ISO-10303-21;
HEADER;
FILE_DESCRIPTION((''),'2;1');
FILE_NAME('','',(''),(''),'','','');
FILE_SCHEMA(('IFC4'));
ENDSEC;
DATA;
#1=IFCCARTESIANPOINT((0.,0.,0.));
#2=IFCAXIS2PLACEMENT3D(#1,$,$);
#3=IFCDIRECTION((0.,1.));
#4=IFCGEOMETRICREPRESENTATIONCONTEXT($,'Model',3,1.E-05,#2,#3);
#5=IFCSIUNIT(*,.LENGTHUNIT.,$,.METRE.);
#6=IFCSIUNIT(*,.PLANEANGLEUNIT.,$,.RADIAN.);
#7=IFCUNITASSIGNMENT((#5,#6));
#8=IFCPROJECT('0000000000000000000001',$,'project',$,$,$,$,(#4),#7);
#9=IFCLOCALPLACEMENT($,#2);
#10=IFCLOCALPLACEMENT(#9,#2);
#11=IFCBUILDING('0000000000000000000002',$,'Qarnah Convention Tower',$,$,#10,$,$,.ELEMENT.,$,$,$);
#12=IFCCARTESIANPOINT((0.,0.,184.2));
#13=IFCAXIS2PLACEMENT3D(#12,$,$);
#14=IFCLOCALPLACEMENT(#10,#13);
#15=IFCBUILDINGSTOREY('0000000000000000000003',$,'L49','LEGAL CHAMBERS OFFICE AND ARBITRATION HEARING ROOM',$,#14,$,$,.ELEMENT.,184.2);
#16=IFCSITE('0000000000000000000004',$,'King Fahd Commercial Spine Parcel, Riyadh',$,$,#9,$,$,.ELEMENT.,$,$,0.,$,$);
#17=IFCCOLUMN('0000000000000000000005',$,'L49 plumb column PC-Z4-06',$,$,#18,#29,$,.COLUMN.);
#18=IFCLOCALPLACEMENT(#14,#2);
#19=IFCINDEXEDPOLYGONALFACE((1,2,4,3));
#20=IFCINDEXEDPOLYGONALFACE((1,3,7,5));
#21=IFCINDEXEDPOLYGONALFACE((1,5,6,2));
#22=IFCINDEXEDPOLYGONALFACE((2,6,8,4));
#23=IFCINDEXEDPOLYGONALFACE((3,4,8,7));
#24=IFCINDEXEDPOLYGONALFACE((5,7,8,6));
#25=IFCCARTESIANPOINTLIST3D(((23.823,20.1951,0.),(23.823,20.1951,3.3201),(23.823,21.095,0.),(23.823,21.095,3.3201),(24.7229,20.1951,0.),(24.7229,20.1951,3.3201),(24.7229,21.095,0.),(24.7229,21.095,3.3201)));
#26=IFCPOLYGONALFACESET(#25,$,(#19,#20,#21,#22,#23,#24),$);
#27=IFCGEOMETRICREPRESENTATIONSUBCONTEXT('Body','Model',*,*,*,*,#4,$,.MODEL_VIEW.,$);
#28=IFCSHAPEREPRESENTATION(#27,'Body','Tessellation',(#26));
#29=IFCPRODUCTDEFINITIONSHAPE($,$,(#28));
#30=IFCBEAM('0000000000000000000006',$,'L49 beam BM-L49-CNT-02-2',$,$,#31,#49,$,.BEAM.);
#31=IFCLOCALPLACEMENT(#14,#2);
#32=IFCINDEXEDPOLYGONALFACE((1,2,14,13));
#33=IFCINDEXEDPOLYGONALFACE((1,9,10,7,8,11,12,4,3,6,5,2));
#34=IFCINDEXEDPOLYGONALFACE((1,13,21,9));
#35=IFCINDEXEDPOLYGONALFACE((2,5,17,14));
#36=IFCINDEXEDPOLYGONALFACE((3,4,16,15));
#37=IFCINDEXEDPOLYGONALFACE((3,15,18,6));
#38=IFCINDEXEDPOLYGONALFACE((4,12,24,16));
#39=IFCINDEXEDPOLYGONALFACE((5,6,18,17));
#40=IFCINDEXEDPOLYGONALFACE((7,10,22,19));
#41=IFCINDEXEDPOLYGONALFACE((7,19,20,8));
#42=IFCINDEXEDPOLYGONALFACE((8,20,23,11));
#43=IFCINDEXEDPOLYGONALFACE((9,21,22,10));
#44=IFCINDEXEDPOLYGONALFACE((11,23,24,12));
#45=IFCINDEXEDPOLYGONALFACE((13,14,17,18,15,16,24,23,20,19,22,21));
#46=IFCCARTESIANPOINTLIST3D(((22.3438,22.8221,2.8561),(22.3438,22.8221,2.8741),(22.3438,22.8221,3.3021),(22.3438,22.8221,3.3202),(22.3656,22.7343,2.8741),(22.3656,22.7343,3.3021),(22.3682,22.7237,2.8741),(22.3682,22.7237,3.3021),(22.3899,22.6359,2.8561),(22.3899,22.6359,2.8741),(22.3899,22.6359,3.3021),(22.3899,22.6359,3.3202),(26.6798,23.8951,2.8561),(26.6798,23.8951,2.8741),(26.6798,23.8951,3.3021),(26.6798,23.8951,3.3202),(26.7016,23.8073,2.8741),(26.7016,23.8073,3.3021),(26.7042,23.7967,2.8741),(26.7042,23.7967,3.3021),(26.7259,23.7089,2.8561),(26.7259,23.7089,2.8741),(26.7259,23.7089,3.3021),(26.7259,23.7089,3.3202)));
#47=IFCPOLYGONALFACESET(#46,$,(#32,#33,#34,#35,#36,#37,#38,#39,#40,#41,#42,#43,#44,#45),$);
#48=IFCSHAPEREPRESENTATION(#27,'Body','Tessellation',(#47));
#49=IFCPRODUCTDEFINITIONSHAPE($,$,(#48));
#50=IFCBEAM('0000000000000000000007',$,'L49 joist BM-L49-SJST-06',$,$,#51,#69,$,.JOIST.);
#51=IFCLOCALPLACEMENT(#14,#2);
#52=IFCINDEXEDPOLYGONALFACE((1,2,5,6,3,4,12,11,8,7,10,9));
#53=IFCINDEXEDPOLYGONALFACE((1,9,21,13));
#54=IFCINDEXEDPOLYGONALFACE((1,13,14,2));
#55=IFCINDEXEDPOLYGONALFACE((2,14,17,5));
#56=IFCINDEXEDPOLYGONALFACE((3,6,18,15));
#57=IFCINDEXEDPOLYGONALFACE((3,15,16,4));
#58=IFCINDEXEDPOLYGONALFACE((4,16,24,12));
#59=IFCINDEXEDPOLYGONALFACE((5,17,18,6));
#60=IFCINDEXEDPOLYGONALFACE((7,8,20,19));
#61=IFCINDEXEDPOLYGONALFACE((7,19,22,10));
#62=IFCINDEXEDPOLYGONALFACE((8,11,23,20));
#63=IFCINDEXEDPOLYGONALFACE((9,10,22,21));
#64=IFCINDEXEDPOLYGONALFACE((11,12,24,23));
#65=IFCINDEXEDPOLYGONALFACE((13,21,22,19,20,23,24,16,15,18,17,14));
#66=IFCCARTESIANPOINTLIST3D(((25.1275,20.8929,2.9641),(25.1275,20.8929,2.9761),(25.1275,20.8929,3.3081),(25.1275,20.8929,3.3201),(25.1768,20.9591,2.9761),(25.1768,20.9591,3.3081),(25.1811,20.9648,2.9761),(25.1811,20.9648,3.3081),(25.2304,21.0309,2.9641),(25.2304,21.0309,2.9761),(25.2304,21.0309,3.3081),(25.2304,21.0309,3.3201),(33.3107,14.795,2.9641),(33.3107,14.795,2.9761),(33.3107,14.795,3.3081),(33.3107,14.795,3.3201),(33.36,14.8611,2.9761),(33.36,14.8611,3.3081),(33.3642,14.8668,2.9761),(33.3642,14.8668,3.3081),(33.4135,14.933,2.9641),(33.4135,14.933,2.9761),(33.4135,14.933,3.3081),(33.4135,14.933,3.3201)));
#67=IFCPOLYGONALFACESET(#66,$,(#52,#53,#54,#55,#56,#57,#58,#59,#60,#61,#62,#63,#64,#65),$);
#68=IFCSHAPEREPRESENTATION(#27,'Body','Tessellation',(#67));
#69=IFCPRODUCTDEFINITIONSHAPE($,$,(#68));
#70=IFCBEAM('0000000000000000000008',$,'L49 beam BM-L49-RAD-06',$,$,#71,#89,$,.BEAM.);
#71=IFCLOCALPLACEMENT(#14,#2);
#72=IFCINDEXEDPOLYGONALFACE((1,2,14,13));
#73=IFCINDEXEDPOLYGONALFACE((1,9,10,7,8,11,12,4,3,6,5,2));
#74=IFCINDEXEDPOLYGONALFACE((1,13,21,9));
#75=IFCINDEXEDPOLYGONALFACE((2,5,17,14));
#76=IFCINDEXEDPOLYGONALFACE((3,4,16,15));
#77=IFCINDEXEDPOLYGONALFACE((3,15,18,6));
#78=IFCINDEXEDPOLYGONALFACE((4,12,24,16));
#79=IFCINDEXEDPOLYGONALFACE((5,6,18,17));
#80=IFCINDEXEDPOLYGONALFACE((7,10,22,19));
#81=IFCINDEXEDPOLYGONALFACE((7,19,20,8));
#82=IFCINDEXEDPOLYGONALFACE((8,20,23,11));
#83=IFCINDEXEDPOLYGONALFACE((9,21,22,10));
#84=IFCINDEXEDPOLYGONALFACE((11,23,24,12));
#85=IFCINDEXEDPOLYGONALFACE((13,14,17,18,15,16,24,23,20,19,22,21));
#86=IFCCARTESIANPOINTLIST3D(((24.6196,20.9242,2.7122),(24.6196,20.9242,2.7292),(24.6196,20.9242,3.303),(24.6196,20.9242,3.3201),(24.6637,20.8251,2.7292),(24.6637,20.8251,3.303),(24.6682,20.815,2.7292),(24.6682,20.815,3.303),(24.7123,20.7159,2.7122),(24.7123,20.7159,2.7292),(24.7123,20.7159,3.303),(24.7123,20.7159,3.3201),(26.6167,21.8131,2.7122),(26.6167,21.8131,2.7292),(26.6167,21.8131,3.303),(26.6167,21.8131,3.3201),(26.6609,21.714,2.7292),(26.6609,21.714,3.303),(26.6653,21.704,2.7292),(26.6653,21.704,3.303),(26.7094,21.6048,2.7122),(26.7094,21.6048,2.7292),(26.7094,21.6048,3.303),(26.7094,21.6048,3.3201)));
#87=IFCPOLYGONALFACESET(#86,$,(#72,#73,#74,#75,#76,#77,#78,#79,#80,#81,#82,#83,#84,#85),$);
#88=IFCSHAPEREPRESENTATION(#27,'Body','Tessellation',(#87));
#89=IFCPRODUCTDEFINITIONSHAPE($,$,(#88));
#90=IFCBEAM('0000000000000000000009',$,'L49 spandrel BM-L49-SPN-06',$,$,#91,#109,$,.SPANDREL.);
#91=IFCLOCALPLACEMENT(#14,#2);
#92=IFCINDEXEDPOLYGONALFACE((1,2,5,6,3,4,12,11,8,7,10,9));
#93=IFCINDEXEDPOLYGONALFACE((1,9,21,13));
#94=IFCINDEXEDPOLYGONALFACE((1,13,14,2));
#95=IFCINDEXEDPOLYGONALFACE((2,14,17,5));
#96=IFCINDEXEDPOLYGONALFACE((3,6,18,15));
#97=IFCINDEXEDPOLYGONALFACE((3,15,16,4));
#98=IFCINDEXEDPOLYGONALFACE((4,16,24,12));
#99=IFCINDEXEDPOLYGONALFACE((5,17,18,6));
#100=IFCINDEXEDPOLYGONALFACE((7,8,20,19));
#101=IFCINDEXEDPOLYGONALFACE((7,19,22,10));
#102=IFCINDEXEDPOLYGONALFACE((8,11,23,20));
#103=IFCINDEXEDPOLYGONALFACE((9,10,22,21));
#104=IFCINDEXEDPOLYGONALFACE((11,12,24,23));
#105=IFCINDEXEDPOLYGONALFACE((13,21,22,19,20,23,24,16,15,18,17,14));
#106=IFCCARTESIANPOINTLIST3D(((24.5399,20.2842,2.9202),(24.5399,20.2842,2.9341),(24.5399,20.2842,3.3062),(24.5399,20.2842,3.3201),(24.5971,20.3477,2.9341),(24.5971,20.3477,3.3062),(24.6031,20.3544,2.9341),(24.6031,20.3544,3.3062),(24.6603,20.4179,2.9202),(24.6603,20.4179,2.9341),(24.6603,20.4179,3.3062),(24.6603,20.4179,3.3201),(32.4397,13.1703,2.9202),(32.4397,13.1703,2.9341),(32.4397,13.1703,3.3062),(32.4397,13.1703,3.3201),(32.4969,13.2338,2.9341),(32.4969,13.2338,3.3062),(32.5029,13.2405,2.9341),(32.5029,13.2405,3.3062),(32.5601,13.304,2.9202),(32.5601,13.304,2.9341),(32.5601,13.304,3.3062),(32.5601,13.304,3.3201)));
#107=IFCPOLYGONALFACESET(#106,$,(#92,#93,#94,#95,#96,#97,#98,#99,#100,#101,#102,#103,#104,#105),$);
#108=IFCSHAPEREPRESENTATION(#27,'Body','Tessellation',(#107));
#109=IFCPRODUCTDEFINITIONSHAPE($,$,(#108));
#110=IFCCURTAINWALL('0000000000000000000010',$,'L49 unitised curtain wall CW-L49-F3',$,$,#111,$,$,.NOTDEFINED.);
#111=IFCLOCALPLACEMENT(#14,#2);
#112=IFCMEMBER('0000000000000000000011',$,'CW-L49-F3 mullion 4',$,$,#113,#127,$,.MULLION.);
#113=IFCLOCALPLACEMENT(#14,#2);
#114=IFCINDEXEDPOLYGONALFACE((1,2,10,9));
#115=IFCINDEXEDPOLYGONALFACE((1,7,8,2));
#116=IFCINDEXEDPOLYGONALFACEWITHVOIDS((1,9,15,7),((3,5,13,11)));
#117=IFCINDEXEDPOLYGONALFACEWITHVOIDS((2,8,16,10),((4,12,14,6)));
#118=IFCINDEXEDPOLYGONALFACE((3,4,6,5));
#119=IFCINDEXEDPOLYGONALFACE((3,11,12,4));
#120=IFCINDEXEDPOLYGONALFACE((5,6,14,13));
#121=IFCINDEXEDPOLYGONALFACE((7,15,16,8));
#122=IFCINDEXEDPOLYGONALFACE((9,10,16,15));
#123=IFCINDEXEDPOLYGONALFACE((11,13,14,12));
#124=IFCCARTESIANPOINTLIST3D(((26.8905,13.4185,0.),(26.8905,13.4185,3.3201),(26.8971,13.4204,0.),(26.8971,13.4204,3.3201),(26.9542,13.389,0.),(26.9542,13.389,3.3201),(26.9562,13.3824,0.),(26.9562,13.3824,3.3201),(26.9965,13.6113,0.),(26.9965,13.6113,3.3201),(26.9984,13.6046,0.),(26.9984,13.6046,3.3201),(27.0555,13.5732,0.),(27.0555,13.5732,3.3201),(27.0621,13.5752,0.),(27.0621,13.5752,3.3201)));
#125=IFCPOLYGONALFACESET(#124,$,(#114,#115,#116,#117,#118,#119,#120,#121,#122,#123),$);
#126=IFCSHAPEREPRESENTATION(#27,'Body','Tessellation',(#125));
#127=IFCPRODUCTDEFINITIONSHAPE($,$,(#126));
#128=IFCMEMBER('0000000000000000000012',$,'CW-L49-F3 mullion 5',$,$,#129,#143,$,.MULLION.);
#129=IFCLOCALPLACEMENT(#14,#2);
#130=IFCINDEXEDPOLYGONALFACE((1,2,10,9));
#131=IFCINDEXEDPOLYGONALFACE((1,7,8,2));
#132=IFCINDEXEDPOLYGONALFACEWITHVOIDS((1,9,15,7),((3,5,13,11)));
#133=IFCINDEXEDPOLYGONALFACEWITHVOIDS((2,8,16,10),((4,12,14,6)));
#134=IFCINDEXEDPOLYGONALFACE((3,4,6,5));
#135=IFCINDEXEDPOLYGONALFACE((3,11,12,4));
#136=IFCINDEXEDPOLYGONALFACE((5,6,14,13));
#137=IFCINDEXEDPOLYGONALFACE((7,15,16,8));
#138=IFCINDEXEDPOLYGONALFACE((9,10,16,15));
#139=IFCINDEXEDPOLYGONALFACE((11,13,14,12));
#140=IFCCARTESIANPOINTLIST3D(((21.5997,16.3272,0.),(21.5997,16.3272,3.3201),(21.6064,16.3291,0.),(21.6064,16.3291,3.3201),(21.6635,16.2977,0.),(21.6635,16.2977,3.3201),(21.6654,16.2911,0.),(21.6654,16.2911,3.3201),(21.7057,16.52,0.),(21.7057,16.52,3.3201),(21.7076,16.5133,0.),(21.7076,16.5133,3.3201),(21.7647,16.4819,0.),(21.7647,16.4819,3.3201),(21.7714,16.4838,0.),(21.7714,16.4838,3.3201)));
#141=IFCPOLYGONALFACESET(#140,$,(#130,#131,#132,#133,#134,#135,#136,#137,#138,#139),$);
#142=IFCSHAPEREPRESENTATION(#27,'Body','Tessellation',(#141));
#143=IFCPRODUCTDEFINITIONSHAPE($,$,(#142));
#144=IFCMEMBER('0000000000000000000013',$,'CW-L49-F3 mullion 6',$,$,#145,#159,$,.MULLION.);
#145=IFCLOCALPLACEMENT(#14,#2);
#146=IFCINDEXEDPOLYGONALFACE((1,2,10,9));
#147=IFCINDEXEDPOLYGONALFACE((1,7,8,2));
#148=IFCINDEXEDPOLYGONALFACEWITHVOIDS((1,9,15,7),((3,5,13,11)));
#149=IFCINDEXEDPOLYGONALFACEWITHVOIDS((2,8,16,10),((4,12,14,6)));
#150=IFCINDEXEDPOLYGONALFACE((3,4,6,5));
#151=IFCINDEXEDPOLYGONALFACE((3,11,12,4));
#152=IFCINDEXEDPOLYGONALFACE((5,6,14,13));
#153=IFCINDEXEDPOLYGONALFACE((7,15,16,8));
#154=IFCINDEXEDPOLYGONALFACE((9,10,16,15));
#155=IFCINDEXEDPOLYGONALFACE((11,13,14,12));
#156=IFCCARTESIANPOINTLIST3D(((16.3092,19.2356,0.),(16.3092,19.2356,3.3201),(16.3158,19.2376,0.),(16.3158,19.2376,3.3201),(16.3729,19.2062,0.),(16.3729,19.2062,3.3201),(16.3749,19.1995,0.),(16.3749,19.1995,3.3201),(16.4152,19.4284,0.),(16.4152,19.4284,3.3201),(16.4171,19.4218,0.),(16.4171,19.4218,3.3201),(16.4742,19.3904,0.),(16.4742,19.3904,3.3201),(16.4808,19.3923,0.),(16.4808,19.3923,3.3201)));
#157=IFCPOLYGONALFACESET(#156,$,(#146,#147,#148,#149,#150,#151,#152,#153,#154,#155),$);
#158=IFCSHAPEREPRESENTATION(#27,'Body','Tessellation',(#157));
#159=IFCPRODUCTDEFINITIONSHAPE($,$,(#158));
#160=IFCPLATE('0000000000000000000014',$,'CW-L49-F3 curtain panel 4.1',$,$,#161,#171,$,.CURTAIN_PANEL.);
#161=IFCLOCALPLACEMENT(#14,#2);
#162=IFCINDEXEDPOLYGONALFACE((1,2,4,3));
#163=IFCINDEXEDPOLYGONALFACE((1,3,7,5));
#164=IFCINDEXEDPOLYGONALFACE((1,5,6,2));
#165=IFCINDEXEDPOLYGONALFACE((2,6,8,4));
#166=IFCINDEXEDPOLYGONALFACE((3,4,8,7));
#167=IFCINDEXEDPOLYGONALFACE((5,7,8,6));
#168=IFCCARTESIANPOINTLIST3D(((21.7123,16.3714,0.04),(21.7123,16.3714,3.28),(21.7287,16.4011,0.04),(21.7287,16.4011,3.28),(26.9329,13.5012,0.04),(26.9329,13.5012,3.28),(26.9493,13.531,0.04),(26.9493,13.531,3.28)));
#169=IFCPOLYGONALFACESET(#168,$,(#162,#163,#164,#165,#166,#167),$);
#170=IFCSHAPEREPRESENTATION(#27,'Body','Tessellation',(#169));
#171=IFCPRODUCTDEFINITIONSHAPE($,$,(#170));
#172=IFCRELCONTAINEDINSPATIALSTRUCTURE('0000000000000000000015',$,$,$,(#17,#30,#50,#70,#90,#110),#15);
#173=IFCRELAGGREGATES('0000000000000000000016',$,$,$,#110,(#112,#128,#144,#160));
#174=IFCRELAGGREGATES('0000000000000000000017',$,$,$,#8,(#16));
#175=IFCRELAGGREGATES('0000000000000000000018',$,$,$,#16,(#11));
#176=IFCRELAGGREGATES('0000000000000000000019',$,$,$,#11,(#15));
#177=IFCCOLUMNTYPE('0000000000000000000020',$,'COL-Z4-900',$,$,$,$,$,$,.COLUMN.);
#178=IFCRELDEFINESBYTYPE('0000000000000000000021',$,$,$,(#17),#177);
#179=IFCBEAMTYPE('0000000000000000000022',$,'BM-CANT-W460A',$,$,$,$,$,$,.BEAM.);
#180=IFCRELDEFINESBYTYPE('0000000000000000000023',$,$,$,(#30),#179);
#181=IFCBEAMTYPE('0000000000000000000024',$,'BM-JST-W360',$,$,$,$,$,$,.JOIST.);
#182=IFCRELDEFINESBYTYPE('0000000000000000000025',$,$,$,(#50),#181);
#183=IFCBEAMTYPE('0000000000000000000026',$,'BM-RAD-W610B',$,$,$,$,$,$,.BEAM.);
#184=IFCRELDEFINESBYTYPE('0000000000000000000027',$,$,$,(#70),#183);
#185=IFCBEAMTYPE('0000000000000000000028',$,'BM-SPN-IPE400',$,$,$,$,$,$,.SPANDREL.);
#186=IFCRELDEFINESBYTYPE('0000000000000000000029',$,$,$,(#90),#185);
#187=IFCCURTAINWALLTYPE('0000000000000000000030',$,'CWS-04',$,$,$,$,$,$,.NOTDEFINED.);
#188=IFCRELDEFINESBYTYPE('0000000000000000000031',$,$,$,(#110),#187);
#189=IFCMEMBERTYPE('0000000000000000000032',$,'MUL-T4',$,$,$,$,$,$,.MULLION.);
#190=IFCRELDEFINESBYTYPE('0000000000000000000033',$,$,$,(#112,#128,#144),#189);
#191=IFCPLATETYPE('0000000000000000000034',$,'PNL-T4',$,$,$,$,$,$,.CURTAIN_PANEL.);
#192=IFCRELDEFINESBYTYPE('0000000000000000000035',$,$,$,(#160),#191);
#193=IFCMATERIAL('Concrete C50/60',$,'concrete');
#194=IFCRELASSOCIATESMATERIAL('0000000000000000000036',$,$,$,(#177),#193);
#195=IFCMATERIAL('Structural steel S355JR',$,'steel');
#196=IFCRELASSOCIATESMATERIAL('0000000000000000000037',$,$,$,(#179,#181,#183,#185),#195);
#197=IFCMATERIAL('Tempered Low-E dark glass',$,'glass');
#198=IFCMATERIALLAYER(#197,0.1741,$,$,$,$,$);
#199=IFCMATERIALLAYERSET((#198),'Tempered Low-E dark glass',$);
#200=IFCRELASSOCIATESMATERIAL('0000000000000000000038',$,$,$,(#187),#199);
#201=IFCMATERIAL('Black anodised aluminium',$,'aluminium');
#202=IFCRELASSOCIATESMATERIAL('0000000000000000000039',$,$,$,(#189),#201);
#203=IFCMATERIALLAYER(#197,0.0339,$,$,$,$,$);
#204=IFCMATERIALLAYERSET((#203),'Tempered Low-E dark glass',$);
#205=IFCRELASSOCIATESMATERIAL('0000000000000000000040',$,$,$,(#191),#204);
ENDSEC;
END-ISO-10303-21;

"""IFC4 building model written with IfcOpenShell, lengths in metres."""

from ifc_helpers import new_model, si_unit, direction, frame, origin, origin_2d, place, context, subcontext, project, spatial, rectangle, hollow_rectangle, i_section, extrude, material, layer, layer_set, material_profile, profile_set, type_object, element, aggregate, save


model = new_model("IFC4")

# Units and contexts
model_context = context("Model", 3, precision=1e-05, world=origin(), true_north=direction((0.0, 1.0)))
body_context = subcontext(model_context, "Body", "Model", "MODEL_VIEW")
ifc_project = project(units=[si_unit("LENGTHUNIT", "METRE"), si_unit("PLANEANGLEUNIT", "RADIAN")], contexts=[model_context])

# Site, building, storey
site_placement = place(None, origin())
site = spatial("IfcSite", under=ifc_project, at=site_placement, Name="King Fahd Commercial Spine Parcel, Riyadh", CompositionType="ELEMENT", RefElevation=0.0)
building_placement = place(site_placement, origin())
building = spatial("IfcBuilding", under=site, at=building_placement, Name="Qarnah Convention Tower", CompositionType="ELEMENT")
storey_placement = place(building_placement, frame((0.0, 0.0, 184.2)))
storey = spatial("IfcBuildingStorey", under=building, at=storey_placement, Name="L49", Description="LEGAL CHAMBERS OFFICE AND ARBITRATION HEARING ROOM", CompositionType="ELEMENT", Elevation=184.2)

# Column
ifc_material_1 = material(Name="Concrete C50/60", Category="concrete")
ifc_material_profile_1 = material_profile(ifc_material_1, rectangle(XDim=0.8999, YDim=0.8999, at=origin_2d()), Name="RC-COL-900X900")
ifc_profile_set_1 = profile_set([ifc_material_profile_1], Name="Concrete C50/60")
column_type = type_object("IfcColumnType", Name="COL-Z4-900", PredefinedType="COLUMN", material=ifc_profile_set_1)
column_placement = place(storey_placement, frame((24.2729, 20.645, 0.0), z_axis=(0.0, 0.0, 1.0), x_axis=(1.0, 0.0, 0.0)))
element("IfcColumn", 1, at=column_placement, inside=storey, type_object=column_type, Name="L49 plumb column PC-Z4-06", PredefinedType="COLUMN", context=body_context, shape_type="SweptSolid", body=[
    extrude(rectangle(XDim=0.8999, YDim=0.8999, at=origin_2d()), origin(), (0.0, 0.0, 1.0), 3.3201),
])

# Beams
ifc_material_2 = material(Name="Structural steel S355JR", Category="steel")
ifc_material_profile_2 = material_profile(ifc_material_2, i_section(OverallWidth=0.1919, OverallDepth=0.4641, WebThickness=0.011, FlangeThickness=0.0181, at=origin_2d()), Name="W460X89")
ifc_profile_set_2 = profile_set([ifc_material_profile_2], Name="Structural steel S355JR")
beam_type_1 = type_object("IfcBeamType", Name="BM-CANT-W460A", PredefinedType="BEAM", material=ifc_profile_set_2)
beam_1_placement = place(storey_placement, frame((26.7029, 23.802, 3.0881), z_axis=(-0.970718, -0.24022, 0.0), x_axis=(0.24022, -0.970718, 0.0)))
element("IfcBeam", 2, at=beam_1_placement, inside=storey, type_object=beam_type_1, Name="L49 beam BM-L49-CNT-02-2", PredefinedType="BEAM", context=body_context, shape_type="SweptSolid", body=[
    extrude(i_section(OverallWidth=0.1919, OverallDepth=0.4641, WebThickness=0.011, FlangeThickness=0.0181, at=origin_2d()), origin(), (0.0, 0.0, 1.0), 4.4668),
])
ifc_material_profile_3 = material_profile(ifc_material_2, i_section(OverallWidth=0.1721, OverallDepth=0.356, WebThickness=0.0071, FlangeThickness=0.012, at=origin_2d()), Name="W360X51")
ifc_profile_set_3 = profile_set([ifc_material_profile_3], Name="Structural steel S355JR")
beam_type_2 = type_object("IfcBeamType", Name="BM-JST-W360", PredefinedType="JOIST", material=ifc_profile_set_3)
beam_2_placement = place(storey_placement, frame((25.179, 20.9619, 3.1421), z_axis=(0.801851, -0.597524, 0.0), x_axis=(0.597524, 0.801851, 0.0)))
element("IfcBeam", 3, at=beam_2_placement, inside=storey, type_object=beam_type_2, Name="L49 joist BM-L49-SJST-06", PredefinedType="JOIST", context=body_context, shape_type="SweptSolid", body=[
    extrude(i_section(OverallWidth=0.1721, OverallDepth=0.356, WebThickness=0.0071, FlangeThickness=0.012, at=origin_2d()), origin(), (0.0, 0.0, 1.0), 10.2053),
])
ifc_material_profile_4 = material_profile(ifc_material_2, i_section(OverallWidth=0.228, OverallDepth=0.6079, WebThickness=0.011, FlangeThickness=0.0171, at=origin_2d()), Name="W610X113")
ifc_profile_set_4 = profile_set([ifc_material_profile_4], Name="Structural steel S355JR")
beam_type_3 = type_object("IfcBeamType", Name="BM-RAD-W610B", PredefinedType="BEAM", material=ifc_profile_set_4)
beam_3_placement = place(storey_placement, frame((26.6631, 21.709, 3.0161), z_axis=(-0.913586, -0.406646, 0.0), x_axis=(0.406646, -0.913586, 0.0)))
element("IfcBeam", 4, at=beam_3_placement, inside=storey, type_object=beam_type_3, Name="L49 beam BM-L49-RAD-06", PredefinedType="BEAM", context=body_context, shape_type="SweptSolid", body=[
    extrude(i_section(OverallWidth=0.228, OverallDepth=0.6079, WebThickness=0.011, FlangeThickness=0.0171, at=origin_2d()), origin(), (0.0, 0.0, 1.0), 2.186),
])
ifc_material_profile_5 = material_profile(ifc_material_2, i_section(OverallWidth=0.1799, OverallDepth=0.3999, WebThickness=0.009, FlangeThickness=0.0139, at=origin_2d()), Name="IPE400")
ifc_profile_set_5 = profile_set([ifc_material_profile_5], Name="Structural steel S355JR")
beam_type_4 = type_object("IfcBeamType", Name="BM-SPN-IPE400", PredefinedType="SPANDREL", material=ifc_profile_set_5)
beam_4_placement = place(storey_placement, frame((24.6001, 20.3511, 3.1201), z_axis=(0.743102, -0.669178, 0.0), x_axis=(0.669178, 0.743102, 0.0)))
element("IfcBeam", 5, at=beam_4_placement, inside=storey, type_object=beam_type_4, Name="L49 spandrel BM-L49-SPN-06", PredefinedType="SPANDREL", context=body_context, shape_type="SweptSolid", body=[
    extrude(i_section(OverallWidth=0.1799, OverallDepth=0.3999, WebThickness=0.009, FlangeThickness=0.0139, at=origin_2d()), origin(), (0.0, 0.0, 1.0), 10.6309),
])

# Curtain wall, members, plate
ifc_material_3 = material(Name="Tempered Low-E dark glass", Category="glass")
ifc_layer_1 = layer(ifc_material_3, 0.1741)
ifc_layer_set_1 = layer_set([ifc_layer_1], Name="Tempered Low-E dark glass")
curtain_wall_type = type_object("IfcCurtainWallType", Name="CWS-04", PredefinedType="NOTDEFINED", material=ifc_layer_set_1)
curtain_wall_placement = place(storey_placement, origin())
curtain_wall = element("IfcCurtainWall", 6, at=curtain_wall_placement, inside=storey, type_object=curtain_wall_type, Name="L49 unitised curtain wall CW-L49-F3", PredefinedType="NOTDEFINED")
ifc_material_4 = material(Name="Black anodised aluminium", Category="aluminium")
ifc_material_profile_6 = material_profile(ifc_material_4, hollow_rectangle(XDim=0.075, YDim=0.22, WallThickness=0.0049, at=origin_2d()), Name="MUL-75X220")
ifc_profile_set_6 = profile_set([ifc_material_profile_6], Name="Black anodised aluminium")
member_type = type_object("IfcMemberType", Name="MUL-T4", PredefinedType="MULLION", material=ifc_profile_set_6)
member_1_placement = place(storey_placement, frame((26.9763, 13.4968, 0.0), z_axis=(0.0, 0.0, 1.0), x_axis=(-0.876302, 0.481762, 0.0)))
member_1 = element("IfcMember", 7, at=member_1_placement, type_object=member_type, Name="CW-L49-F3 mullion 4", PredefinedType="MULLION", context=body_context, shape_type="SweptSolid", body=[
    extrude(hollow_rectangle(XDim=0.075, YDim=0.22, WallThickness=0.0049, at=origin_2d()), origin(), (0.0, 0.0, 1.0), 3.3201),
])
member_2_placement = place(storey_placement, frame((21.6855, 16.4055, 0.0), z_axis=(0.0, 0.0, 1.0), x_axis=(-0.876302, 0.481762, 0.0)))
member_2 = element("IfcMember", 8, at=member_2_placement, type_object=member_type, Name="CW-L49-F3 mullion 5", PredefinedType="MULLION", context=body_context, shape_type="SweptSolid", body=[
    extrude(hollow_rectangle(XDim=0.075, YDim=0.22, WallThickness=0.0049, at=origin_2d()), origin(), (0.0, 0.0, 1.0), 3.3201),
])
member_3_placement = place(storey_placement, frame((16.395, 19.314, 0.0), z_axis=(0.0, 0.0, 1.0), x_axis=(-0.876302, 0.481762, 0.0)))
member_3 = element("IfcMember", 9, at=member_3_placement, type_object=member_type, Name="CW-L49-F3 mullion 6", PredefinedType="MULLION", context=body_context, shape_type="SweptSolid", body=[
    extrude(hollow_rectangle(XDim=0.075, YDim=0.22, WallThickness=0.0049, at=origin_2d()), origin(), (0.0, 0.0, 1.0), 3.3201),
])
ifc_layer_2 = layer(ifc_material_3, 0.0339)
ifc_layer_set_2 = layer_set([ifc_layer_2], Name="Tempered Low-E dark glass")
plate_type = type_object("IfcPlateType", Name="PNL-T4", PredefinedType="CURTAIN_PANEL", material=ifc_layer_set_2)
plate_1_placement = place(storey_placement, frame((24.3308, 14.9512, 0.04), z_axis=(0.0, 0.0, 1.0), x_axis=(-0.876302, 0.481762, 0.0)))
plate_1 = element("IfcPlate", 10, at=plate_1_placement, type_object=plate_type, Name="CW-L49-F3 curtain panel 4.1", PredefinedType="CURTAIN_PANEL", context=body_context, shape_type="SweptSolid", body=[
    extrude(rectangle(XDim=5.9575, YDim=0.0339, at=origin_2d()), origin(), (0.0, 0.0, 1.0), 3.24),
])
aggregate(curtain_wall, [member_1, member_2, member_3, plate_1])

save(model, "model.ifc")
